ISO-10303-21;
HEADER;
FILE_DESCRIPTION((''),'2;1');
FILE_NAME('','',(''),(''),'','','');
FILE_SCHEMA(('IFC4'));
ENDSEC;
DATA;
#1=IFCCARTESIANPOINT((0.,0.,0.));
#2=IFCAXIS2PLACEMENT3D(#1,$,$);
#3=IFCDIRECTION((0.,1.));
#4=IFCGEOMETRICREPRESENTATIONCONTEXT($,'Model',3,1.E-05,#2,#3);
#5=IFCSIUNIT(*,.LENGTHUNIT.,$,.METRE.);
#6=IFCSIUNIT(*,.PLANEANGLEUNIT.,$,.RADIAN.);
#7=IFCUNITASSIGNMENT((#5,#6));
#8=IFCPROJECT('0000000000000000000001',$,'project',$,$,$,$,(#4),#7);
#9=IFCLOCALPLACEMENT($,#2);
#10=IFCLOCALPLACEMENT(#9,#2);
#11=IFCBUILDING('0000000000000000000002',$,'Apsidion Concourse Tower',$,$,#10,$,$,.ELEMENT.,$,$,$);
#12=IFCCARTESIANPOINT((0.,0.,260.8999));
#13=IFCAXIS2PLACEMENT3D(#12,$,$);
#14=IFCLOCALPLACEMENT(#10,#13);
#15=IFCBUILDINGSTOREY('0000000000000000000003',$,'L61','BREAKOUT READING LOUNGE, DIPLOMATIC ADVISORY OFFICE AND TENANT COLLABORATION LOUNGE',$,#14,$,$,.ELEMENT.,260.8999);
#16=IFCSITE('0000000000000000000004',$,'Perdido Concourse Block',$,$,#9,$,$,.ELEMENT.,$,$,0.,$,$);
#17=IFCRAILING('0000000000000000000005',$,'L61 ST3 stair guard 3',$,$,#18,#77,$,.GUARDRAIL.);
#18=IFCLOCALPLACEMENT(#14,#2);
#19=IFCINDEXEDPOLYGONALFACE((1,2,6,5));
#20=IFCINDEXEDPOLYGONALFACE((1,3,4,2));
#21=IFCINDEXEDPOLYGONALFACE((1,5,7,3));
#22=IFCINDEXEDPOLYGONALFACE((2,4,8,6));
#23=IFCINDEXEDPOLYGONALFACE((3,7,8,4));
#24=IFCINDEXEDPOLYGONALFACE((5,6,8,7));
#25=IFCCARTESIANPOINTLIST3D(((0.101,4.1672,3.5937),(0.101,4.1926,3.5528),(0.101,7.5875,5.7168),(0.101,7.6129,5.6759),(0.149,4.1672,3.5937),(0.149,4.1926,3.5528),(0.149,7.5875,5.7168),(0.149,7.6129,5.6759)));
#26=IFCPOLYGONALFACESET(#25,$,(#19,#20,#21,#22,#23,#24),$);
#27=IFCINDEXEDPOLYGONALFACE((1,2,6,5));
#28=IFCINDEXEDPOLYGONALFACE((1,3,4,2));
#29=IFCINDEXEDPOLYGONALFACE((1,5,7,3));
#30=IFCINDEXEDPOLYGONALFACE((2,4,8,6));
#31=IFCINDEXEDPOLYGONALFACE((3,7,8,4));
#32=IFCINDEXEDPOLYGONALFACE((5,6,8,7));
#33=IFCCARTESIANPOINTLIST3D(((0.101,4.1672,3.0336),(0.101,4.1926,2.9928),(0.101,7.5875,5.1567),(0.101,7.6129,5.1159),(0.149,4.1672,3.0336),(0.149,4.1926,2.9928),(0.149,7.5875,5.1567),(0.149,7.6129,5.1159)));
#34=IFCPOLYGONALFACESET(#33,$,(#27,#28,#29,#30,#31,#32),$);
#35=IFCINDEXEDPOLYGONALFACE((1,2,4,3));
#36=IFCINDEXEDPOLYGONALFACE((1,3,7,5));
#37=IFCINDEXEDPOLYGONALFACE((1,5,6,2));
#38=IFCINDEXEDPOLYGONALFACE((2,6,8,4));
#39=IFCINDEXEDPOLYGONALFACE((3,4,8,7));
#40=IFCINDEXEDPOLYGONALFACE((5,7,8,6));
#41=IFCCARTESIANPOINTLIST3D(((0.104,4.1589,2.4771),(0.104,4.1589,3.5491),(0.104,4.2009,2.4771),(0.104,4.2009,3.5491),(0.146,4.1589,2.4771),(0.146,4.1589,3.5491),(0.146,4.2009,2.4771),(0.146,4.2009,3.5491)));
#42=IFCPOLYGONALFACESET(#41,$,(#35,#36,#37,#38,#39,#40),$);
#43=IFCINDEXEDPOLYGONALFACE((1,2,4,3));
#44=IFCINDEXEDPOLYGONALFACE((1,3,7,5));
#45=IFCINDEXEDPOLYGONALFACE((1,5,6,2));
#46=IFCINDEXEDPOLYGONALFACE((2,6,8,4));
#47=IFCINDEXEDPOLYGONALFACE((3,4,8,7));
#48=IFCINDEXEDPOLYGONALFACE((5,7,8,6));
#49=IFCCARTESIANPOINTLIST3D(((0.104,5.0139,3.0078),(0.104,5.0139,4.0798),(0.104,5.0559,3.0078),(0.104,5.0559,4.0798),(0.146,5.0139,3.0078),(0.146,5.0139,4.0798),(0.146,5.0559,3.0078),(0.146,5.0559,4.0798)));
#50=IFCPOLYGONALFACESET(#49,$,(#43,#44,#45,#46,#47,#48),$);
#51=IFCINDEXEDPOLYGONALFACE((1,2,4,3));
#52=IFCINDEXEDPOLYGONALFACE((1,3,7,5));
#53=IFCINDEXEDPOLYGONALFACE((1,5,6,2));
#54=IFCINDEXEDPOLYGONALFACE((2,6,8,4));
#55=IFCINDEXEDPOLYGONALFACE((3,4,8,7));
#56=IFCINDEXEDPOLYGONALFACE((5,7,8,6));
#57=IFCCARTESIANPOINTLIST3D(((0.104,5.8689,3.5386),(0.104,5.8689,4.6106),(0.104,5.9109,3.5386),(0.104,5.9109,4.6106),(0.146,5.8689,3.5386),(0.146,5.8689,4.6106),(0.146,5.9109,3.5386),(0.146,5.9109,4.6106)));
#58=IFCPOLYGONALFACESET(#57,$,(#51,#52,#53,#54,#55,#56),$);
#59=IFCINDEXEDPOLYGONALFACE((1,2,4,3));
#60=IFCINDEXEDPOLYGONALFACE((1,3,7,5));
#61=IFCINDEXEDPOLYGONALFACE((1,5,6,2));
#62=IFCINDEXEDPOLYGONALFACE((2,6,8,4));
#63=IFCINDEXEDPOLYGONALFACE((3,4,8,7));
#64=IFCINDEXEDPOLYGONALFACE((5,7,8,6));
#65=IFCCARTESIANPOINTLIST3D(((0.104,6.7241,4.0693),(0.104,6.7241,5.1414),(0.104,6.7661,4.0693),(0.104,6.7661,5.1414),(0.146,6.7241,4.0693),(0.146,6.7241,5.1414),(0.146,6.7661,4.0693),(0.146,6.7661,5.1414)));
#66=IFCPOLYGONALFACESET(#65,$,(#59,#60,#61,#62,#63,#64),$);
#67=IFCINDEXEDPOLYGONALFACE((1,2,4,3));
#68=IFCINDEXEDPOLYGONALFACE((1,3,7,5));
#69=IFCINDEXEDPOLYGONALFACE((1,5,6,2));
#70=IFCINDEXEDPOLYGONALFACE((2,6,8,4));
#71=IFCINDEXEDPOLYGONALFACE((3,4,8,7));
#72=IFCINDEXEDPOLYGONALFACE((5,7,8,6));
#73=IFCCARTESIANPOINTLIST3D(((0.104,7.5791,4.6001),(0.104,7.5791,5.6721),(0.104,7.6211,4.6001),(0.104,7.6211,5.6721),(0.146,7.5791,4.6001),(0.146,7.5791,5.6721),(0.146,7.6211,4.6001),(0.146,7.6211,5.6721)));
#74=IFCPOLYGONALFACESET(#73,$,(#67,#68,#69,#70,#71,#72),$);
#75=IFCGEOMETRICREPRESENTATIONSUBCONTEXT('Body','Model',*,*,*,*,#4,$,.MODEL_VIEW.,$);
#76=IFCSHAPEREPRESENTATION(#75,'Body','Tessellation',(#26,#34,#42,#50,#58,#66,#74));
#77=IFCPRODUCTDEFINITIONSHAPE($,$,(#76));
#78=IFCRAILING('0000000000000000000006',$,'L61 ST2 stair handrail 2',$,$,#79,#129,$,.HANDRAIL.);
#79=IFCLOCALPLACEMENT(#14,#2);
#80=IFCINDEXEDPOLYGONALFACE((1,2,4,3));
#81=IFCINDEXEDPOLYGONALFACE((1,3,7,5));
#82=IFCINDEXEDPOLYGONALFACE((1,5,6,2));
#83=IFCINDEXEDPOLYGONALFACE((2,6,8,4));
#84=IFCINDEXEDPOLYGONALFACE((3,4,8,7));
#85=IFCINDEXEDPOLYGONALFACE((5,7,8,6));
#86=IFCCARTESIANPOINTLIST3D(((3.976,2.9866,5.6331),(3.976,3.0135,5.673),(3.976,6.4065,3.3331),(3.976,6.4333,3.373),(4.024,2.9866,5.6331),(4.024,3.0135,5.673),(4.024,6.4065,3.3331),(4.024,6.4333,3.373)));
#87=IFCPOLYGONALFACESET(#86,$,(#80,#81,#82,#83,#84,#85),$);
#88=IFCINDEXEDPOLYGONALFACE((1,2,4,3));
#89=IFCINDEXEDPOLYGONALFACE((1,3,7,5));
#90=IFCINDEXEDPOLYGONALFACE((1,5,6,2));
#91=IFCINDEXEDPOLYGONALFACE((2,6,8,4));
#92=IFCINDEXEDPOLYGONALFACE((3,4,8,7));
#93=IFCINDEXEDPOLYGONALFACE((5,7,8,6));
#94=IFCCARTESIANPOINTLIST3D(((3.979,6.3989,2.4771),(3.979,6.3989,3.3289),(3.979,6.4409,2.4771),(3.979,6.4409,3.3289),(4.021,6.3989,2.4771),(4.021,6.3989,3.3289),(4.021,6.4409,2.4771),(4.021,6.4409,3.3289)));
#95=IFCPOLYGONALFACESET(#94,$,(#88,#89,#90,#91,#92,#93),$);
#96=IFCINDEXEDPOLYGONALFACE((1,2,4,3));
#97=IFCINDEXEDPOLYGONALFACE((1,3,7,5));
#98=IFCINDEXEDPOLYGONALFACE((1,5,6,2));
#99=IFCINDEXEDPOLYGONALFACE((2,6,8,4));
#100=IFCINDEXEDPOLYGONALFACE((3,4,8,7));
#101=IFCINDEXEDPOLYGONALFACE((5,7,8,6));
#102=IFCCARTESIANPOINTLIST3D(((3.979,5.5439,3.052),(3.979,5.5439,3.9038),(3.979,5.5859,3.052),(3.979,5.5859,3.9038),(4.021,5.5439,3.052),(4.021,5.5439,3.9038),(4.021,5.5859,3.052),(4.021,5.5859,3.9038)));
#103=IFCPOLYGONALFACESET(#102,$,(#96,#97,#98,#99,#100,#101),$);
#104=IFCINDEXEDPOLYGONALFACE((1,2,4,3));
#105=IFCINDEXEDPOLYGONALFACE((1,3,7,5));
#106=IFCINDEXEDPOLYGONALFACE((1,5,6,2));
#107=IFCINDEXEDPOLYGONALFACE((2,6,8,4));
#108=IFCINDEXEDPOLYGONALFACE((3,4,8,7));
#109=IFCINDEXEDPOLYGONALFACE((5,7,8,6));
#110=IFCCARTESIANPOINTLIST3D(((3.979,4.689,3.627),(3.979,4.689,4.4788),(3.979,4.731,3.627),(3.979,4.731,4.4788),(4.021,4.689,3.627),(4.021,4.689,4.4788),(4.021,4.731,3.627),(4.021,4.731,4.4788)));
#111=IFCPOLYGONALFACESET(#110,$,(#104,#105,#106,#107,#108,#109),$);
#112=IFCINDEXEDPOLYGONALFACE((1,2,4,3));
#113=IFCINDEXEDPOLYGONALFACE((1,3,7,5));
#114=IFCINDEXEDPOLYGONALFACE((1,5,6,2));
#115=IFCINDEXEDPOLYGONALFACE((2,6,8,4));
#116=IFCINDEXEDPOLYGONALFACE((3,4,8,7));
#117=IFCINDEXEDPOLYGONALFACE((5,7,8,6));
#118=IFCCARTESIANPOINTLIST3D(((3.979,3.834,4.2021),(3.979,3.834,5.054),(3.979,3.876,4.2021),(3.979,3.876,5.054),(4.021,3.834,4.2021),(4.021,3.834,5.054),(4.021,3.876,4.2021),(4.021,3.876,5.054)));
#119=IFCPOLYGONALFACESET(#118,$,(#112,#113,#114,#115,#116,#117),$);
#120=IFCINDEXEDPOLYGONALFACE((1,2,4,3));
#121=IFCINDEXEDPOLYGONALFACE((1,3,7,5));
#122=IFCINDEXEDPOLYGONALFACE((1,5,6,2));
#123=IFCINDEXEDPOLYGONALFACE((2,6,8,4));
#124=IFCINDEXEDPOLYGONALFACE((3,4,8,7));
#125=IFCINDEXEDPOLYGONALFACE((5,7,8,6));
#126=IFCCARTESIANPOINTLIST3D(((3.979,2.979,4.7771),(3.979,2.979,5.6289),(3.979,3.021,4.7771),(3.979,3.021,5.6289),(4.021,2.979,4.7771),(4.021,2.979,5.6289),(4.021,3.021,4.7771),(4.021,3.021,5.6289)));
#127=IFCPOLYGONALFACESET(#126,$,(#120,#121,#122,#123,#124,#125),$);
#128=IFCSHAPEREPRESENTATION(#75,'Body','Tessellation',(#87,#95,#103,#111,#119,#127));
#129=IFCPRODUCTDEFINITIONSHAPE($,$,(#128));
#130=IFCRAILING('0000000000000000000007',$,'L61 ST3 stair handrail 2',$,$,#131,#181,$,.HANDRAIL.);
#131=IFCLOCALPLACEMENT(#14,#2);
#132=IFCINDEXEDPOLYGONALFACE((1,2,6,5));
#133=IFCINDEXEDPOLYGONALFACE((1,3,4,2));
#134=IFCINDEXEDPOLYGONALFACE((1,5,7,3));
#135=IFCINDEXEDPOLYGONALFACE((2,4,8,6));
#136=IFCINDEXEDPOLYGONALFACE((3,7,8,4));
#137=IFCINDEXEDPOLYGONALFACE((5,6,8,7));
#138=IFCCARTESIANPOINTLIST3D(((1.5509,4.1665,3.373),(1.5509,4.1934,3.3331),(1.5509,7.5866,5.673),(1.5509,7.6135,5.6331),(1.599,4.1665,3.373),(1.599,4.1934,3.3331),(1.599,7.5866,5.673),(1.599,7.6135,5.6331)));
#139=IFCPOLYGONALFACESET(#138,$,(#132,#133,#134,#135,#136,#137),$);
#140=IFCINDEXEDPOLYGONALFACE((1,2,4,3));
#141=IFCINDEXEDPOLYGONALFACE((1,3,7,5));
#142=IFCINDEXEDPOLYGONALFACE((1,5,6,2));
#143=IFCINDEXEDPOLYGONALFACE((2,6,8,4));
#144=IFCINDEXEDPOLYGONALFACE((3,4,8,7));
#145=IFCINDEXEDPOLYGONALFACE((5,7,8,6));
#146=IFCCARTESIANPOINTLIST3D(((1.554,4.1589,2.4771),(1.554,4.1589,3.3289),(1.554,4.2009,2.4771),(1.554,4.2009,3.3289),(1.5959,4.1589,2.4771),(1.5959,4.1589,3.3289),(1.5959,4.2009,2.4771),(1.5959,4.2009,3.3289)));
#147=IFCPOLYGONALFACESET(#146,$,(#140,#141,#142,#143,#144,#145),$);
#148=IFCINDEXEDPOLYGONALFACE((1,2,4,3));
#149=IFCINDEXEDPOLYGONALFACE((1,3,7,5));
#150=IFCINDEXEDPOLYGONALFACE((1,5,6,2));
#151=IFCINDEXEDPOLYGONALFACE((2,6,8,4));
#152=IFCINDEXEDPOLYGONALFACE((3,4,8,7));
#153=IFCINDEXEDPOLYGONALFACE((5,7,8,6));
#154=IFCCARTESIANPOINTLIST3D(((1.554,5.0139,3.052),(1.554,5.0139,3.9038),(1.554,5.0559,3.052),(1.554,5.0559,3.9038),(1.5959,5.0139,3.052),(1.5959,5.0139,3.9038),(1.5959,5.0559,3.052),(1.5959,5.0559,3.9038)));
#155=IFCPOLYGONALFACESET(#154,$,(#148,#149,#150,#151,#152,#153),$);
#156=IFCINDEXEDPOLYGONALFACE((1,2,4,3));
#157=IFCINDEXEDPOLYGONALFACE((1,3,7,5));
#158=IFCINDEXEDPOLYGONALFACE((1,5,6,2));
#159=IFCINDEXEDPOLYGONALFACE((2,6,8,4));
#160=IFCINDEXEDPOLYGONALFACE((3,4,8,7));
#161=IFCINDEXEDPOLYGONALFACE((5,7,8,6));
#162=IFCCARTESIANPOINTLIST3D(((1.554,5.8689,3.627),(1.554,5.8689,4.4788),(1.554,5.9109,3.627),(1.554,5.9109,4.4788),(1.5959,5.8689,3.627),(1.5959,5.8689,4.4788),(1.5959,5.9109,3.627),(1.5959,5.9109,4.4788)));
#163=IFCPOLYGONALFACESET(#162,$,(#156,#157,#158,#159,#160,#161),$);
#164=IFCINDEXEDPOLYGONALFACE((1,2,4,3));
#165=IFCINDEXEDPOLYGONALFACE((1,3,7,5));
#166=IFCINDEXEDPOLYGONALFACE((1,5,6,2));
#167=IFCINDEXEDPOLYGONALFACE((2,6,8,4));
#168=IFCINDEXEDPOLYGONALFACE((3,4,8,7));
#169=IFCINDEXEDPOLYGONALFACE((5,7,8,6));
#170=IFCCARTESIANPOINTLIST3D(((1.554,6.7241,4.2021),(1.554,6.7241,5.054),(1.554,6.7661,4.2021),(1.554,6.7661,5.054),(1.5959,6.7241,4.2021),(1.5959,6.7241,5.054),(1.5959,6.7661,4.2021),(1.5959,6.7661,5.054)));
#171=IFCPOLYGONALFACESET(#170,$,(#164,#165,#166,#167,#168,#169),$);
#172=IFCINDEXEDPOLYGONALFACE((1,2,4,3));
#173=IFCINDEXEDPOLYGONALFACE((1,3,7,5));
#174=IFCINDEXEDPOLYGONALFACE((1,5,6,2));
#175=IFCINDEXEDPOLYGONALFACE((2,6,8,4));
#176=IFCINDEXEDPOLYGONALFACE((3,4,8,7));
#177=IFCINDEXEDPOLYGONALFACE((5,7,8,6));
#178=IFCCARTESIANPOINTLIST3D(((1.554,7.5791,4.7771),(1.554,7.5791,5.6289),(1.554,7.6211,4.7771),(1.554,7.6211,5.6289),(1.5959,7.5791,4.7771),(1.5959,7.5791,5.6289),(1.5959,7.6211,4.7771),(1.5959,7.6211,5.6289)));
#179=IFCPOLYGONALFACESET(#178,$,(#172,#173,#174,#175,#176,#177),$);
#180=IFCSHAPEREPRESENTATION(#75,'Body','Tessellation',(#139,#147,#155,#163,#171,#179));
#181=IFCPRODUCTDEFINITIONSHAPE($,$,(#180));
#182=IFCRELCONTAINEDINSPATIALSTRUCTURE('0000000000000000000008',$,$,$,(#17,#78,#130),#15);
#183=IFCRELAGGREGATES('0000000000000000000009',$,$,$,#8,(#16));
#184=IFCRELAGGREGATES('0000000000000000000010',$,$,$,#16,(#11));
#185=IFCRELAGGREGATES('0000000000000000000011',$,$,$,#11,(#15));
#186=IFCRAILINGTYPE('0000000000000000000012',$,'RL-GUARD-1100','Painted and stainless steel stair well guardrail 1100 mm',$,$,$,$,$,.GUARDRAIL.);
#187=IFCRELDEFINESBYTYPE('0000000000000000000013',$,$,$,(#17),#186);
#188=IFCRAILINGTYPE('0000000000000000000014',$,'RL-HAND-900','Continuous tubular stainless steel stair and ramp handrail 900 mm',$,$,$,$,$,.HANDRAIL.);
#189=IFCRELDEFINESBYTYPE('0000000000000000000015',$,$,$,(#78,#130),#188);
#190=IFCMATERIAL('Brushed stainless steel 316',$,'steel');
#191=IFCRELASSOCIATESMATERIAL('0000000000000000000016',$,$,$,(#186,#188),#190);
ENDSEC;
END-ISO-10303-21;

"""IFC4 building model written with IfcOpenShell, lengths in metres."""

from ifc_helpers import new_model, si_unit, direction, frame, origin, origin_2d, place, context, subcontext, project, spatial, rectangle, extrude, material, type_object, element, save


model = new_model("IFC4")

# Units and contexts
model_context = context("Model", 3, precision=1e-05, world=origin(), true_north=direction((0.0, 1.0)))
body_context = subcontext(model_context, "Body", "Model", "MODEL_VIEW")
ifc_project = project(units=[si_unit("LENGTHUNIT", "METRE"), si_unit("PLANEANGLEUNIT", "RADIAN")], contexts=[model_context])

# Site, building, storey
site_placement = place(None, origin())
site = spatial("IfcSite", under=ifc_project, at=site_placement, Name="Perdido Concourse Block", CompositionType="ELEMENT", RefElevation=0.0)
building_placement = place(site_placement, origin())
building = spatial("IfcBuilding", under=site, at=building_placement, Name="Apsidion Concourse Tower", CompositionType="ELEMENT")
storey_placement = place(building_placement, frame((0.0, 0.0, 260.8999)))
storey = spatial("IfcBuildingStorey", under=building, at=storey_placement, Name="L61", Description="BREAKOUT READING LOUNGE, DIPLOMATIC ADVISORY OFFICE AND TENANT COLLABORATION LOUNGE", CompositionType="ELEMENT", Elevation=260.8999)

# Railings
ifc_material_1 = material(Name="Brushed stainless steel 316", Category="steel")
railing_type_1 = type_object("IfcRailingType", Name="RL-GUARD-1100", Description="Painted and stainless steel stair well guardrail 1100 mm", PredefinedType="GUARDRAIL", material=ifc_material_1)
railing_1_placement = place(storey_placement, frame((0.125, 4.1799, 2.4771)))
element("IfcRailing", 1, at=railing_1_placement, inside=storey, type_object=railing_type_1, Name="L61 ST3 stair guard 3", PredefinedType="GUARDRAIL", context=body_context, shape_type="SweptSolid", body=[
    extrude(rectangle(XDim=0.0481, YDim=0.0481, at=origin_2d()), frame((0.0, 0.0, 1.0962), z_axis=(0.0, 0.84962, 0.527396), x_axis=(-1.0, 0.0, 0.0)), (0.0, 0.0, 1.0), 4.0256),
    extrude(rectangle(XDim=0.0481, YDim=0.0481, at=origin_2d()), frame((0.0, 0.0, 0.5361), z_axis=(0.0, 0.84962, 0.527396), x_axis=(-1.0, 0.0, 0.0)), (0.0, 0.0, 1.0), 4.0256),
    extrude(rectangle(XDim=0.042, YDim=0.042, at=origin_2d()), origin(), (0.0, 0.0, 1.0), 1.072),
    extrude(rectangle(XDim=0.042, YDim=0.042, at=origin_2d()), frame((0.0, 0.855, 0.5308)), (0.0, 0.0, 1.0), 1.072),
    extrude(rectangle(XDim=0.042, YDim=0.042, at=origin_2d()), frame((0.0, 1.71, 1.0615)), (0.0, 0.0, 1.0), 1.072),
    extrude(rectangle(XDim=0.042, YDim=0.042, at=origin_2d()), frame((0.0, 2.5652, 1.5923)), (0.0, 0.0, 1.0), 1.072),
    extrude(rectangle(XDim=0.042, YDim=0.042, at=origin_2d()), frame((0.0, 3.4202, 2.123)), (0.0, 0.0, 1.0), 1.072),
])
railing_type_2 = type_object("IfcRailingType", Name="RL-HAND-900", Description="Continuous tubular stainless steel stair and ramp handrail 900 mm", PredefinedType="HANDRAIL", material=ifc_material_1)
railing_2_placement = place(storey_placement, frame((4.0, 6.4199, 2.4771)))
element("IfcRailing", 2, at=railing_2_placement, inside=storey, type_object=railing_type_2, Name="L61 ST2 stair handrail 2", PredefinedType="HANDRAIL", context=body_context, shape_type="SweptSolid", body=[
    extrude(rectangle(XDim=0.0481, YDim=0.0481, at=origin_2d()), frame((0.0, 0.0, 0.876), z_axis=(0.0, -0.829792, 0.558072), x_axis=(1.0, 0.0, 0.0)), (0.0, 0.0, 1.0), 4.1213),
    extrude(rectangle(XDim=0.042, YDim=0.042, at=origin_2d()), origin(), (0.0, 0.0, 1.0), 0.8518),
    extrude(rectangle(XDim=0.042, YDim=0.042, at=origin_2d()), frame((0.0, -0.855, 0.575)), (0.0, 0.0, 1.0), 0.8518),
    extrude(rectangle(XDim=0.042, YDim=0.042, at=origin_2d()), frame((0.0, -1.71, 1.1499)), (0.0, 0.0, 1.0), 0.8518),
    extrude(rectangle(XDim=0.042, YDim=0.042, at=origin_2d()), frame((0.0, -2.5649, 1.7251)), (0.0, 0.0, 1.0), 0.8518),
    extrude(rectangle(XDim=0.042, YDim=0.042, at=origin_2d()), frame((0.0, -3.4199, 2.3)), (0.0, 0.0, 1.0), 0.8518),
])
railing_3_placement = place(storey_placement, frame((1.575, 4.1799, 2.4771)))
element("IfcRailing", 3, at=railing_3_placement, inside=storey, type_object=railing_type_2, Name="L61 ST3 stair handrail 2", PredefinedType="HANDRAIL", context=body_context, shape_type="SweptSolid", body=[
    extrude(rectangle(XDim=0.0481, YDim=0.0481, at=origin_2d()), frame((0.0, 0.0, 0.876), z_axis=(0.0, 0.829811, 0.558045), x_axis=(-1.0, 0.0, 0.0)), (0.0, 0.0, 1.0), 4.1216),
    extrude(rectangle(XDim=0.042, YDim=0.042, at=origin_2d()), origin(), (0.0, 0.0, 1.0), 0.8518),
    extrude(rectangle(XDim=0.042, YDim=0.042, at=origin_2d()), frame((0.0, 0.855, 0.575)), (0.0, 0.0, 1.0), 0.8518),
    extrude(rectangle(XDim=0.042, YDim=0.042, at=origin_2d()), frame((0.0, 1.71, 1.1499)), (0.0, 0.0, 1.0), 0.8518),
    extrude(rectangle(XDim=0.042, YDim=0.042, at=origin_2d()), frame((0.0, 2.5652, 1.7251)), (0.0, 0.0, 1.0), 0.8518),
    extrude(rectangle(XDim=0.042, YDim=0.042, at=origin_2d()), frame((0.0, 3.4202, 2.3)), (0.0, 0.0, 1.0), 0.8518),
])

save(model, "model.ifc")
